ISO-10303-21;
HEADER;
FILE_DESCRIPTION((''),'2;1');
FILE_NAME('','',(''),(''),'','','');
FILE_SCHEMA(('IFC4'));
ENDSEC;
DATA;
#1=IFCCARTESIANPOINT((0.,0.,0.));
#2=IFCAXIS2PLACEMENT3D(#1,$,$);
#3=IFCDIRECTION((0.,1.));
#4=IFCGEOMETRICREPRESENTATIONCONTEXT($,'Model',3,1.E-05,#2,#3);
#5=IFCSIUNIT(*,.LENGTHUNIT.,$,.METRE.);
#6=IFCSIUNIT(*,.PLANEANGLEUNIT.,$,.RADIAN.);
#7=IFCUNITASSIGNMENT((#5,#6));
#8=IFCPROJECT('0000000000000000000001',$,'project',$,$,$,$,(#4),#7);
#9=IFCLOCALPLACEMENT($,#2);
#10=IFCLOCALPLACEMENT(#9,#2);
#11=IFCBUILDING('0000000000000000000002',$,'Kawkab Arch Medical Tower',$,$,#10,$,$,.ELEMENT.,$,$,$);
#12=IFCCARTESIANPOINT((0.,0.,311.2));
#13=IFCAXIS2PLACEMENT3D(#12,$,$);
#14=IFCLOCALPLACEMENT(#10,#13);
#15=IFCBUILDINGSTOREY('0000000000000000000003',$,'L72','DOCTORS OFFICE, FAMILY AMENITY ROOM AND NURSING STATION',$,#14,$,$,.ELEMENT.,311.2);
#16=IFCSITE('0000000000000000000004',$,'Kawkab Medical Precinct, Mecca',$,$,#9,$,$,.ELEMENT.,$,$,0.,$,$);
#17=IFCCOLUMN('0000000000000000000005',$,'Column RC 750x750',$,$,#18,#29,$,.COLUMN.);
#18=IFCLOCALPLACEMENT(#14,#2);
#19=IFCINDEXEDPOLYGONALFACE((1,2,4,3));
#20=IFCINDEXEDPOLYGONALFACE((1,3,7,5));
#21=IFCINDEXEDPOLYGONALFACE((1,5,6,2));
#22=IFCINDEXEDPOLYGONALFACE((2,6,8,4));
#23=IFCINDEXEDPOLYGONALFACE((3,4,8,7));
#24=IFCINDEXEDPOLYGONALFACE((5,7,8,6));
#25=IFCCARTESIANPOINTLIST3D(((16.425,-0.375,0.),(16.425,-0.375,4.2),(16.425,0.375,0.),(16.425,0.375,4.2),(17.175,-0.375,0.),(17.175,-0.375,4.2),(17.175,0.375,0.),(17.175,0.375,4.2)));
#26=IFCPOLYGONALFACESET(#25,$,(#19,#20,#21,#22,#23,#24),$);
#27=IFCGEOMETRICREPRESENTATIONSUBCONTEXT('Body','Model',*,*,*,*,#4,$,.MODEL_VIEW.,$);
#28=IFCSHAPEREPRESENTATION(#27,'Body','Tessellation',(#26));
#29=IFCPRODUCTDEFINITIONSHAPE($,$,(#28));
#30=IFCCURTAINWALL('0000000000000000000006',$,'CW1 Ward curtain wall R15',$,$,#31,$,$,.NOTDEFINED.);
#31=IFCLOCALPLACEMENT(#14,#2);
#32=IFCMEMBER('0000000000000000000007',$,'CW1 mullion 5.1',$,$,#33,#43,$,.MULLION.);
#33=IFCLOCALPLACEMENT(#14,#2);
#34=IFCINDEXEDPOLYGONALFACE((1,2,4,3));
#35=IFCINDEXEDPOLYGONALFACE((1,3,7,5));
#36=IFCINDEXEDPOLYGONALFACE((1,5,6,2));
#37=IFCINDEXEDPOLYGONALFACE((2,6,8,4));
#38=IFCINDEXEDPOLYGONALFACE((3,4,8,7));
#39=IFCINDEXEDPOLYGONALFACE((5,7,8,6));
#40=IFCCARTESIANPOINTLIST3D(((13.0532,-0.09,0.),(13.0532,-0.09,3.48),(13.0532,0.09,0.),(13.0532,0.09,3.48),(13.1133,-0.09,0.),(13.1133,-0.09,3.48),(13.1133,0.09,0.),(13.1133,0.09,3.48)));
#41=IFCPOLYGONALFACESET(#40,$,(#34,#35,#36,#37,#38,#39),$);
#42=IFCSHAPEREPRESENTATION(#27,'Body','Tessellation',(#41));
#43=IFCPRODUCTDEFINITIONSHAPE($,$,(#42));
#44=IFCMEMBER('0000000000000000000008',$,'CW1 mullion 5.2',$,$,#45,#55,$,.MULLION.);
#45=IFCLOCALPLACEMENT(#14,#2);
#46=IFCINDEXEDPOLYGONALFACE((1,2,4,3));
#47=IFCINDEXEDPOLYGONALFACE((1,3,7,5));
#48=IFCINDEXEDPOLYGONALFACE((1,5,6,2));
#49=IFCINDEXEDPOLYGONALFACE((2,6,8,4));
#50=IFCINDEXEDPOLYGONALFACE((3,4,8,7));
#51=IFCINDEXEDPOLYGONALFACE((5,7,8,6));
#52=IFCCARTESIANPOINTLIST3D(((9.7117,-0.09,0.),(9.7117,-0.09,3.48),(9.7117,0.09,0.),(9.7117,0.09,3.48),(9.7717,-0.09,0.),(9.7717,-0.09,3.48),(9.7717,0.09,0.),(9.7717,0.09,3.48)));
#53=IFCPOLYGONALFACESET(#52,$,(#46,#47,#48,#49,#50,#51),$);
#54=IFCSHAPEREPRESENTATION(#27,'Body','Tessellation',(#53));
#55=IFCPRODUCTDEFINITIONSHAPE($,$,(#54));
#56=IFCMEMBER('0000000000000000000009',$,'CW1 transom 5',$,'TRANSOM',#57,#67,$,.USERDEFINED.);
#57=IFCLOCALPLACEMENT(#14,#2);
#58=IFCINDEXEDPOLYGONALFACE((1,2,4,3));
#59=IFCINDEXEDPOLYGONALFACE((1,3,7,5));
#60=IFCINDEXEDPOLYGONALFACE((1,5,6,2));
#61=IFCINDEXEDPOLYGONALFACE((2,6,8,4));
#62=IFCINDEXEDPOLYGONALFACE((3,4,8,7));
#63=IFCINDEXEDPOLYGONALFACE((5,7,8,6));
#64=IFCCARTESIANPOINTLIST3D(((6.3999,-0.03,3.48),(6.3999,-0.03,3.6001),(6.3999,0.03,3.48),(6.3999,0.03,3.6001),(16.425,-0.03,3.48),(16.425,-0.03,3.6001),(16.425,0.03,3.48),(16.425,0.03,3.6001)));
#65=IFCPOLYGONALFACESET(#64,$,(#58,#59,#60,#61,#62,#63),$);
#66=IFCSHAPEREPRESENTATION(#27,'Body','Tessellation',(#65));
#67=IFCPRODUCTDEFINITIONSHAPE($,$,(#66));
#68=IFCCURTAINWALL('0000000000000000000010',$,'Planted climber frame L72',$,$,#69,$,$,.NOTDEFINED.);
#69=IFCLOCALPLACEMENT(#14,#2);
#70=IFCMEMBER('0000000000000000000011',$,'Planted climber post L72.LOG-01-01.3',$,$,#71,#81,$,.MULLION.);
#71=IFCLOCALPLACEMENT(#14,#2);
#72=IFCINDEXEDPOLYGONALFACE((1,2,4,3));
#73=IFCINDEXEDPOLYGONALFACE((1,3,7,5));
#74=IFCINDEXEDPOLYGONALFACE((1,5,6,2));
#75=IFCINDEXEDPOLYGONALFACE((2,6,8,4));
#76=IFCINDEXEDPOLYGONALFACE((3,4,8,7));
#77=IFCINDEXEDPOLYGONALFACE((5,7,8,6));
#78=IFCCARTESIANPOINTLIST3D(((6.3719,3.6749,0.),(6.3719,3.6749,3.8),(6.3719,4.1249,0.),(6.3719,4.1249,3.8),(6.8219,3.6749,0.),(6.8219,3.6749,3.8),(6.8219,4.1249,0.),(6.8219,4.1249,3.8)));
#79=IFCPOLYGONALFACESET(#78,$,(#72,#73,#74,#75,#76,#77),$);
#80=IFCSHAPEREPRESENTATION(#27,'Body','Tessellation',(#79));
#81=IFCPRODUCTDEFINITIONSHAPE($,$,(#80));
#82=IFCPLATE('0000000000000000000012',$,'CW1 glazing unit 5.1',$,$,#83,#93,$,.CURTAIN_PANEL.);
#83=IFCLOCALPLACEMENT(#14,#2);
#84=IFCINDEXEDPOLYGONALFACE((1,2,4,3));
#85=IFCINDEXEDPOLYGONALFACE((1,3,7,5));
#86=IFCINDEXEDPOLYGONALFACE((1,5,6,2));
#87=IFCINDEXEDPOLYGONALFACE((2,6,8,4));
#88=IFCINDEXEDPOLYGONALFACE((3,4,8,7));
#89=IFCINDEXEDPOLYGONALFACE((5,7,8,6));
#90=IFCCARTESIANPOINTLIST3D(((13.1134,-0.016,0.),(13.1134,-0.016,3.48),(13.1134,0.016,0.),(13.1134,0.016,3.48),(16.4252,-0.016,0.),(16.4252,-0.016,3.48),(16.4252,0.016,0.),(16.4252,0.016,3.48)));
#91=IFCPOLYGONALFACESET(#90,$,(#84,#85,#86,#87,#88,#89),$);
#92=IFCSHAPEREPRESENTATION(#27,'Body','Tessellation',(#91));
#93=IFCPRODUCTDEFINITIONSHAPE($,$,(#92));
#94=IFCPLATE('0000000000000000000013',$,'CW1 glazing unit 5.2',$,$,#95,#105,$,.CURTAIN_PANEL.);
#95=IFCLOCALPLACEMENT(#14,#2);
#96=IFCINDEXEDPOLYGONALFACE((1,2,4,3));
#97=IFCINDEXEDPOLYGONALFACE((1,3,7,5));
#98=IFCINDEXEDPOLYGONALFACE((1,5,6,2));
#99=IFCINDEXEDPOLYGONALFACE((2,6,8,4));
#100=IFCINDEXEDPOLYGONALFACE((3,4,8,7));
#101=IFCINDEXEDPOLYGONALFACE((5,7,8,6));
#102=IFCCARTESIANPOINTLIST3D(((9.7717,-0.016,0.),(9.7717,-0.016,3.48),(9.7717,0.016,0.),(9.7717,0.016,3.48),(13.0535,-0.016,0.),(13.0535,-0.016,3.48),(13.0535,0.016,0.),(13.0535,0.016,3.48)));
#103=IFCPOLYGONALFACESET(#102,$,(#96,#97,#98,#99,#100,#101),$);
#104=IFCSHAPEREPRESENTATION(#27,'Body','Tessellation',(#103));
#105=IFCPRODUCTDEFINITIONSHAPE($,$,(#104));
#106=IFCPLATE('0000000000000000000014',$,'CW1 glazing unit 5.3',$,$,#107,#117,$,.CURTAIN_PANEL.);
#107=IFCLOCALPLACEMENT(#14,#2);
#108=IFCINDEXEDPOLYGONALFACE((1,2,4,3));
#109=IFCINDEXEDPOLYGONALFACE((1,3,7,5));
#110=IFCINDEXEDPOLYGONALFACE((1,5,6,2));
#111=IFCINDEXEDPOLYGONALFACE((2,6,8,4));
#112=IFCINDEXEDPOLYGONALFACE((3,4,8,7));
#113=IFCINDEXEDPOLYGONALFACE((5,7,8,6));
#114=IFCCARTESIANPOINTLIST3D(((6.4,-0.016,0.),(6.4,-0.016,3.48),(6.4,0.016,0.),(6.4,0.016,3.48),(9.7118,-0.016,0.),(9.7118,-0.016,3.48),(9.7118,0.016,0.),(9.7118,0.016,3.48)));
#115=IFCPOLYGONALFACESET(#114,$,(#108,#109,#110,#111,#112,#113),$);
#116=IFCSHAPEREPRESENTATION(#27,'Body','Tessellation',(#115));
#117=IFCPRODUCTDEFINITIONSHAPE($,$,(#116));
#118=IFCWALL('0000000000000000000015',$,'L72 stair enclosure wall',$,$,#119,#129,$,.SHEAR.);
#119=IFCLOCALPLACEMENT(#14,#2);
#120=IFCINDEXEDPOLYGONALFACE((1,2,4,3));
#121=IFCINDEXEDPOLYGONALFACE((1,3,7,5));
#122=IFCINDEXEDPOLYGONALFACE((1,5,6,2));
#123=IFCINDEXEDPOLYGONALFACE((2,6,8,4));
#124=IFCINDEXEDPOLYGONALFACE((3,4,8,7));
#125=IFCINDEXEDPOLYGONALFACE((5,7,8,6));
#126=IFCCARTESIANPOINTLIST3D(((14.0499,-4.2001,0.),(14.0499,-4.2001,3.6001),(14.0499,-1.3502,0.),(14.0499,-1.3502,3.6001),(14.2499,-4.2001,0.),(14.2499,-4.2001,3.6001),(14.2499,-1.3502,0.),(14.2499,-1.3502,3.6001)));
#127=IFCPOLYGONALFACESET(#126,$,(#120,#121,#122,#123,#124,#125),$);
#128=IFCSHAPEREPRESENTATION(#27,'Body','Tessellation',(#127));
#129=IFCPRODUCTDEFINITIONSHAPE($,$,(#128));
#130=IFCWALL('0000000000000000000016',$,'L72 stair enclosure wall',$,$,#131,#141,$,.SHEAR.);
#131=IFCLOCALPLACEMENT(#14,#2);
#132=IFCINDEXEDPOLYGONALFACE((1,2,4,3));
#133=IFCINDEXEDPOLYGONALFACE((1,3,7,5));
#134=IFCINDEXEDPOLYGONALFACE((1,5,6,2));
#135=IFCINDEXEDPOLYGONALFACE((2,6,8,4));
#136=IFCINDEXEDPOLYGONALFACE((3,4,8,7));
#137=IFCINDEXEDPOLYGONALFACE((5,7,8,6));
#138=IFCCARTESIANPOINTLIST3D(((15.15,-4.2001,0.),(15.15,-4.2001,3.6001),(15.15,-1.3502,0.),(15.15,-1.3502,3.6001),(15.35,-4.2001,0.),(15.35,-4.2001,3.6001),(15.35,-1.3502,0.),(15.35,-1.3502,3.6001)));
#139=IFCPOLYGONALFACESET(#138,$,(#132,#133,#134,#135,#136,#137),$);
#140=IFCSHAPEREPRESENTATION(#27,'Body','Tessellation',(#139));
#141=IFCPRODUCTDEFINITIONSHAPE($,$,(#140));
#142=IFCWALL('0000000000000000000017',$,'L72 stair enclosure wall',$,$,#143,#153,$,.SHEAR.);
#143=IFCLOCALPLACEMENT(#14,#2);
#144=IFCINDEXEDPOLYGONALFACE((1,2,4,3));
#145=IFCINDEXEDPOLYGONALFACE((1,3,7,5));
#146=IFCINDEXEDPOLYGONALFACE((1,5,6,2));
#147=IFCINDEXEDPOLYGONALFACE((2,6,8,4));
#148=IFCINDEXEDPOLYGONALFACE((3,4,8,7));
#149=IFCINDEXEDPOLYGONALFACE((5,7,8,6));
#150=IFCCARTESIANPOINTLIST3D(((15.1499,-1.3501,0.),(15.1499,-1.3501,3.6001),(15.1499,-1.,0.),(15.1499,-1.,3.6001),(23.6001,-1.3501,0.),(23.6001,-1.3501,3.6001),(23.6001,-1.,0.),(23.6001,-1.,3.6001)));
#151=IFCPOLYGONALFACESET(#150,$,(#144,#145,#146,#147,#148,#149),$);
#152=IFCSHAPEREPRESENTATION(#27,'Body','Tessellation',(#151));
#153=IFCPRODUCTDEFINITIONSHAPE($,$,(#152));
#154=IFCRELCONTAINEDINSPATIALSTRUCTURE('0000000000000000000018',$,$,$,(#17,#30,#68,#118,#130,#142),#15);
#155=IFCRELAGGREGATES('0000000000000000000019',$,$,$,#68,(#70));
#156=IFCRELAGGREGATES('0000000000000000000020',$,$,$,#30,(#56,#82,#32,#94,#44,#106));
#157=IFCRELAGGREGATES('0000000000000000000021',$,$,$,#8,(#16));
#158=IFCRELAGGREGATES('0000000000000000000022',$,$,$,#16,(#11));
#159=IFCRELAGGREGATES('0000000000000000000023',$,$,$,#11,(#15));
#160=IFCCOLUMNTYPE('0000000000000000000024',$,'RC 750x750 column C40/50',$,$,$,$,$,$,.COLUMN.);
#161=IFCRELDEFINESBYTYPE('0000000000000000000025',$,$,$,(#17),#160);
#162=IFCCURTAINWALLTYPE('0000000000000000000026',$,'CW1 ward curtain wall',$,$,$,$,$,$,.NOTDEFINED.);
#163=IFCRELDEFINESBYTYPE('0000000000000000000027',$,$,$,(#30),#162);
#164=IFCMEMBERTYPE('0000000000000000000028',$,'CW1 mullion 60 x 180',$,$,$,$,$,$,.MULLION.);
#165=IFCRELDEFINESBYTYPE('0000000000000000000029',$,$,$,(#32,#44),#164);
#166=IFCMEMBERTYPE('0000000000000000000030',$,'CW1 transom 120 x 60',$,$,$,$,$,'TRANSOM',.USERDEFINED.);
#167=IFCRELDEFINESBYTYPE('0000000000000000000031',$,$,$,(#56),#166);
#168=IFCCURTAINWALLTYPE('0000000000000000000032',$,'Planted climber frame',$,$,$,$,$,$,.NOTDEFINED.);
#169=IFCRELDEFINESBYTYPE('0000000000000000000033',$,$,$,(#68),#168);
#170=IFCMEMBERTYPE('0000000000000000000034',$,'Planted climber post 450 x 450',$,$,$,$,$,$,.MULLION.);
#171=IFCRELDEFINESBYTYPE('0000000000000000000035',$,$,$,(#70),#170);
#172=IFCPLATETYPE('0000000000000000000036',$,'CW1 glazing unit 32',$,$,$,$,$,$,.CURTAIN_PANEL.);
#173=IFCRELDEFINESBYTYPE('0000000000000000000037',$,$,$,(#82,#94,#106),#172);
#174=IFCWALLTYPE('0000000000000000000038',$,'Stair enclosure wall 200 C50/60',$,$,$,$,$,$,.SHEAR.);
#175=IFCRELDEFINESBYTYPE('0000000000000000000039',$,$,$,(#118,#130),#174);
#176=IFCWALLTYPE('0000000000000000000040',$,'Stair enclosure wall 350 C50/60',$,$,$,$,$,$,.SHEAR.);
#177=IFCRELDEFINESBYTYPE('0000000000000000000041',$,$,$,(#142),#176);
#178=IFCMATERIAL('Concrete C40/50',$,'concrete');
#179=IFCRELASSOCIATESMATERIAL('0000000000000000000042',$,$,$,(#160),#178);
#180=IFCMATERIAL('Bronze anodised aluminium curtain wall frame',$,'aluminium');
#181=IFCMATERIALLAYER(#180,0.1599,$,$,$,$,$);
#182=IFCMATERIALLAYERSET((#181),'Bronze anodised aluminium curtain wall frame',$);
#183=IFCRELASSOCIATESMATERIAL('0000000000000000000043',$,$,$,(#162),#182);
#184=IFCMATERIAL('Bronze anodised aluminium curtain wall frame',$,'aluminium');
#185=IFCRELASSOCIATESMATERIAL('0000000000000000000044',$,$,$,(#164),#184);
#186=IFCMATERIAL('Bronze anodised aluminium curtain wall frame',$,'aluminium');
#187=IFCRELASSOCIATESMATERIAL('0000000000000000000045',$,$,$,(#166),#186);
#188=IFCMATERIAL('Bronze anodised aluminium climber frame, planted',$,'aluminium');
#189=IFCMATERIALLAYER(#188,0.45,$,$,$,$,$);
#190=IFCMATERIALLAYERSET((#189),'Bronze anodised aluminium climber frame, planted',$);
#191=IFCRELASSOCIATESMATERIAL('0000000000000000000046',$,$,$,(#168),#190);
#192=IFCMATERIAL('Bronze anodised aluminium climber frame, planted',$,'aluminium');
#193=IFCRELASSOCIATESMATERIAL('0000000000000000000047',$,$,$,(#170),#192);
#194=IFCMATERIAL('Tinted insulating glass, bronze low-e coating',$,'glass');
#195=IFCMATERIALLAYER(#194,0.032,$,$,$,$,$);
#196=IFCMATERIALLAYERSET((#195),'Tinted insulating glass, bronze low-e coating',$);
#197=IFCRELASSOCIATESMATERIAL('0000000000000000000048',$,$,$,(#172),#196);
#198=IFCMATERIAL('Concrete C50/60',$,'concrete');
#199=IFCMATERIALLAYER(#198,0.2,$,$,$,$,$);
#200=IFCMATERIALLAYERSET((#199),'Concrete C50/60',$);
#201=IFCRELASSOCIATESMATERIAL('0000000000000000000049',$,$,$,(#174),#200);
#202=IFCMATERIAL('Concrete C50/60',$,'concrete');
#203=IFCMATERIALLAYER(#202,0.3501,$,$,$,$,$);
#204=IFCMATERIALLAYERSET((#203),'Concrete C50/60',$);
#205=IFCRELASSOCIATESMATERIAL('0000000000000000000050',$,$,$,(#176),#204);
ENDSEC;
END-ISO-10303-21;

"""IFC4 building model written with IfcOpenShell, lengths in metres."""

from ifc_helpers import new_model, si_unit, direction, frame, frame_2d, origin, origin_2d, place, context, subcontext, project, spatial, rectangle, extrude, material, layer, layer_set, material_profile, profile_set, type_object, element, aggregate, save


model = new_model("IFC4")

# Units and contexts
model_context = context("Model", 3, precision=1e-05, world=origin(), true_north=direction((0.0, 1.0)))
body_context = subcontext(model_context, "Body", "Model", "MODEL_VIEW")
ifc_project = project(units=[si_unit("LENGTHUNIT", "METRE"), si_unit("PLANEANGLEUNIT", "RADIAN")], contexts=[model_context])

# Site, building, storey
site_placement = place(None, origin())
site = spatial("IfcSite", under=ifc_project, at=site_placement, Name="Kawkab Medical Precinct, Mecca", CompositionType="ELEMENT", RefElevation=0.0)
building_placement = place(site_placement, origin())
building = spatial("IfcBuilding", under=site, at=building_placement, Name="Kawkab Arch Medical Tower", CompositionType="ELEMENT")
storey_placement = place(building_placement, frame((0.0, 0.0, 311.2)))
storey = spatial("IfcBuildingStorey", under=building, at=storey_placement, Name="L72", Description="DOCTORS OFFICE, FAMILY AMENITY ROOM AND NURSING STATION", CompositionType="ELEMENT", Elevation=311.2)

# Column
ifc_material_1 = material(Name="Concrete C40/50", Category="concrete")
ifc_material_profile_1 = material_profile(ifc_material_1, rectangle(XDim=0.75, YDim=0.75, at=origin_2d()), Name="RC 750x750")
ifc_profile_set_1 = profile_set([ifc_material_profile_1], Name="Concrete C40/50")
column_type = type_object("IfcColumnType", Name="RC 750x750 column C40/50", PredefinedType="COLUMN", material=ifc_profile_set_1)
column_placement = place(storey_placement, frame((16.8, 0.0, 0.0), z_axis=(0.0, 0.0, 1.0), x_axis=(1.0, 0.0, 0.0)))
element("IfcColumn", 1, at=column_placement, inside=storey, type_object=column_type, Name="Column RC 750x750", PredefinedType="COLUMN", context=body_context, shape_type="SweptSolid", body=[
    extrude(rectangle(XDim=0.75, YDim=0.75, at=origin_2d()), origin(), (0.0, 0.0, 1.0), 4.2),
])

# Curtain wall, members
ifc_material_2 = material(Name="Bronze anodised aluminium curtain wall frame", Category="aluminium")
ifc_layer_1 = layer(ifc_material_2, 0.1599)
ifc_layer_set_1 = layer_set([ifc_layer_1], Name="Bronze anodised aluminium curtain wall frame")
curtain_wall_type_1 = type_object("IfcCurtainWallType", Name="CW1 ward curtain wall", PredefinedType="NOTDEFINED", material=ifc_layer_set_1)
placement = place(storey_placement, origin())
curtain_wall_1 = element("IfcCurtainWall", 2, at=placement, inside=storey, type_object=curtain_wall_type_1, Name="CW1 Ward curtain wall R15", PredefinedType="NOTDEFINED")
ifc_material_3 = material(Name="Bronze anodised aluminium curtain wall frame", Category="aluminium")
ifc_material_profile_2 = material_profile(ifc_material_3, rectangle(XDim=0.1799, YDim=0.0601, at=origin_2d()), Name="AL 60x180")
ifc_profile_set_2 = profile_set([ifc_material_profile_2], Name="Bronze anodised aluminium curtain wall frame")
member_type_1 = type_object("IfcMemberType", Name="CW1 mullion 60 x 180", PredefinedType="MULLION", material=ifc_profile_set_2)
member_1_placement = place(storey_placement, frame((13.0833, 0.0, 0.0), z_axis=(0.0, 0.0, 1.0), x_axis=(0.0, -1.0, 0.0)))
member_1 = element("IfcMember", 3, at=member_1_placement, type_object=member_type_1, Name="CW1 mullion 5.1", PredefinedType="MULLION", context=body_context, shape_type="SweptSolid", body=[
    extrude(rectangle(XDim=0.1799, YDim=0.0601, at=origin_2d()), origin(), (0.0, 0.0, 1.0), 3.48),
])
member_2_placement = place(storey_placement, frame((9.7417, 0.0, 0.0), z_axis=(0.0, 0.0, 1.0), x_axis=(0.0, -1.0, 0.0)))
member_2 = element("IfcMember", 4, at=member_2_placement, type_object=member_type_1, Name="CW1 mullion 5.2", PredefinedType="MULLION", context=body_context, shape_type="SweptSolid", body=[
    extrude(rectangle(XDim=0.1799, YDim=0.0601, at=origin_2d()), origin(), (0.0, 0.0, 1.0), 3.48),
])
ifc_material_4 = material(Name="Bronze anodised aluminium curtain wall frame", Category="aluminium")
ifc_material_profile_3 = material_profile(ifc_material_4, rectangle(XDim=0.0601, YDim=0.1201, at=origin_2d()), Name="AL 60x120")
ifc_profile_set_3 = profile_set([ifc_material_profile_3], Name="Bronze anodised aluminium curtain wall frame")
member_type_2 = type_object("IfcMemberType", Name="CW1 transom 120 x 60", ElementType="TRANSOM", PredefinedType="USERDEFINED", material=ifc_profile_set_3)
member_3_placement = place(storey_placement, frame((16.425, 0.0, 3.54), z_axis=(-1.0, 0.0, 0.0), x_axis=(0.0, -1.0, 0.0)))
member_3 = element("IfcMember", 5, at=member_3_placement, type_object=member_type_2, Name="CW1 transom 5", ObjectType="TRANSOM", PredefinedType="USERDEFINED", context=body_context, shape_type="SweptSolid", body=[
    extrude(rectangle(XDim=0.0601, YDim=0.1201, at=origin_2d()), origin(), (0.0, 0.0, 1.0), 10.0251),
])

# Curtain wall, member
ifc_material_5 = material(Name="Bronze anodised aluminium climber frame, planted", Category="aluminium")
ifc_layer_2 = layer(ifc_material_5, 0.45)
ifc_layer_set_2 = layer_set([ifc_layer_2], Name="Bronze anodised aluminium climber frame, planted")
curtain_wall_type_2 = type_object("IfcCurtainWallType", Name="Planted climber frame", PredefinedType="NOTDEFINED", material=ifc_layer_set_2)
curtain_wall_2 = element("IfcCurtainWall", 6, at=placement, inside=storey, type_object=curtain_wall_type_2, Name="Planted climber frame L72", PredefinedType="NOTDEFINED")
ifc_material_6 = material(Name="Bronze anodised aluminium climber frame, planted", Category="aluminium")
ifc_material_profile_4 = material_profile(ifc_material_6, rectangle(XDim=0.45, YDim=0.45, at=origin_2d()), Name="Post 450x450")
ifc_profile_set_4 = profile_set([ifc_material_profile_4], Name="Bronze anodised aluminium climber frame, planted")
member_type_3 = type_object("IfcMemberType", Name="Planted climber post 450 x 450", PredefinedType="MULLION", material=ifc_profile_set_4)
member_4_placement = place(storey_placement, frame((6.5969, 3.8999, 0.0), z_axis=(0.0, 0.0, 1.0), x_axis=(1.0, 0.0, 0.0)))
member_4 = element("IfcMember", 7, at=member_4_placement, type_object=member_type_3, Name="Planted climber post L72.LOG-01-01.3", PredefinedType="MULLION", context=body_context, shape_type="SweptSolid", body=[
    extrude(rectangle(XDim=0.45, YDim=0.45, at=origin_2d()), origin(), (0.0, 0.0, 1.0), 3.8),
])
aggregate(curtain_wall_2, [member_4])

# Plates
ifc_material_7 = material(Name="Tinted insulating glass, bronze low-e coating", Category="glass")
ifc_layer_3 = layer(ifc_material_7, 0.032)
ifc_layer_set_3 = layer_set([ifc_layer_3], Name="Tinted insulating glass, bronze low-e coating")
plate_type = type_object("IfcPlateType", Name="CW1 glazing unit 32", PredefinedType="CURTAIN_PANEL", material=ifc_layer_set_3)
plate_1_placement = place(storey_placement, frame((14.7693, 0.0, 0.0), z_axis=(0.0, 0.0, 1.0), x_axis=(-1.0, 0.0, 0.0)))
plate_1 = element("IfcPlate", 8, at=plate_1_placement, type_object=plate_type, Name="CW1 glazing unit 5.1", PredefinedType="CURTAIN_PANEL", context=body_context, shape_type="SweptSolid", body=[
    extrude(rectangle(XDim=3.3118, YDim=0.032, at=origin_2d()), origin(), (0.0, 0.0, 1.0), 3.48),
])
plate_2_placement = place(storey_placement, frame((11.4126, 0.0, 0.0), z_axis=(0.0, 0.0, 1.0), x_axis=(-1.0, 0.0, 0.0)))
plate_2 = element("IfcPlate", 9, at=plate_2_placement, type_object=plate_type, Name="CW1 glazing unit 5.2", PredefinedType="CURTAIN_PANEL", context=body_context, shape_type="SweptSolid", body=[
    extrude(rectangle(XDim=3.2817, YDim=0.032, at=origin_2d()), origin(), (0.0, 0.0, 1.0), 3.48),
])
plate_3_placement = place(storey_placement, frame((8.0559, 0.0, 0.0), z_axis=(0.0, 0.0, 1.0), x_axis=(-1.0, 0.0, 0.0)))
plate_3 = element("IfcPlate", 10, at=plate_3_placement, type_object=plate_type, Name="CW1 glazing unit 5.3", PredefinedType="CURTAIN_PANEL", context=body_context, shape_type="SweptSolid", body=[
    extrude(rectangle(XDim=3.3118, YDim=0.032, at=origin_2d()), origin(), (0.0, 0.0, 1.0), 3.48),
])
aggregate(curtain_wall_1, [member_3, plate_1, member_1, plate_2, member_2, plate_3])

# Walls
ifc_material_8 = material(Name="Concrete C50/60", Category="concrete")
ifc_layer_4 = layer(ifc_material_8, 0.2)
ifc_layer_set_4 = layer_set([ifc_layer_4], Name="Concrete C50/60")
wall_type_1 = type_object("IfcWallType", Name="Stair enclosure wall 200 C50/60", PredefinedType="SHEAR", material=ifc_layer_set_4)
for number, where, z_axis, x_axis, name in (
    (11, (14.1499, -4.2, 0.0), (0.0, 0.0, 1.0), (0.0, 1.0, 0.0), "L72 stair enclosure wall"),
    (12, (15.25, -4.2, 0.0), (0.0, 0.0, 1.0), (0.0, 1.0, 0.0), "L72 stair enclosure wall"),
):
    element("IfcWall", number, at=place(storey_placement, frame(where, z_axis=z_axis, x_axis=x_axis)), inside=storey, type_object=wall_type_1, Name=name, PredefinedType="SHEAR", context=body_context, shape_type="SweptSolid", body=[
        extrude(rectangle(XDim=2.8499, YDim=0.2, at=frame_2d((1.4248, 0.0))), origin(), (0.0, 0.0, 1.0), 3.6001),
    ])
ifc_material_9 = material(Name="Concrete C50/60", Category="concrete")
ifc_layer_5 = layer(ifc_material_9, 0.3501)
ifc_layer_set_5 = layer_set([ifc_layer_5], Name="Concrete C50/60")
wall_type_2 = type_object("IfcWallType", Name="Stair enclosure wall 350 C50/60", PredefinedType="SHEAR", material=ifc_layer_set_5)
wall_placement = place(storey_placement, frame((15.1499, -1.175, 0.0), z_axis=(0.0, 0.0, 1.0), x_axis=(1.0, 0.0, 0.0)))
element("IfcWall", 13, at=wall_placement, inside=storey, type_object=wall_type_2, Name="L72 stair enclosure wall", PredefinedType="SHEAR", context=body_context, shape_type="SweptSolid", body=[
    extrude(rectangle(XDim=8.4502, YDim=0.3501, at=frame_2d((4.2251, 0.0))), origin(), (0.0, 0.0, 1.0), 3.6001),
])

save(model, "model.ifc")
